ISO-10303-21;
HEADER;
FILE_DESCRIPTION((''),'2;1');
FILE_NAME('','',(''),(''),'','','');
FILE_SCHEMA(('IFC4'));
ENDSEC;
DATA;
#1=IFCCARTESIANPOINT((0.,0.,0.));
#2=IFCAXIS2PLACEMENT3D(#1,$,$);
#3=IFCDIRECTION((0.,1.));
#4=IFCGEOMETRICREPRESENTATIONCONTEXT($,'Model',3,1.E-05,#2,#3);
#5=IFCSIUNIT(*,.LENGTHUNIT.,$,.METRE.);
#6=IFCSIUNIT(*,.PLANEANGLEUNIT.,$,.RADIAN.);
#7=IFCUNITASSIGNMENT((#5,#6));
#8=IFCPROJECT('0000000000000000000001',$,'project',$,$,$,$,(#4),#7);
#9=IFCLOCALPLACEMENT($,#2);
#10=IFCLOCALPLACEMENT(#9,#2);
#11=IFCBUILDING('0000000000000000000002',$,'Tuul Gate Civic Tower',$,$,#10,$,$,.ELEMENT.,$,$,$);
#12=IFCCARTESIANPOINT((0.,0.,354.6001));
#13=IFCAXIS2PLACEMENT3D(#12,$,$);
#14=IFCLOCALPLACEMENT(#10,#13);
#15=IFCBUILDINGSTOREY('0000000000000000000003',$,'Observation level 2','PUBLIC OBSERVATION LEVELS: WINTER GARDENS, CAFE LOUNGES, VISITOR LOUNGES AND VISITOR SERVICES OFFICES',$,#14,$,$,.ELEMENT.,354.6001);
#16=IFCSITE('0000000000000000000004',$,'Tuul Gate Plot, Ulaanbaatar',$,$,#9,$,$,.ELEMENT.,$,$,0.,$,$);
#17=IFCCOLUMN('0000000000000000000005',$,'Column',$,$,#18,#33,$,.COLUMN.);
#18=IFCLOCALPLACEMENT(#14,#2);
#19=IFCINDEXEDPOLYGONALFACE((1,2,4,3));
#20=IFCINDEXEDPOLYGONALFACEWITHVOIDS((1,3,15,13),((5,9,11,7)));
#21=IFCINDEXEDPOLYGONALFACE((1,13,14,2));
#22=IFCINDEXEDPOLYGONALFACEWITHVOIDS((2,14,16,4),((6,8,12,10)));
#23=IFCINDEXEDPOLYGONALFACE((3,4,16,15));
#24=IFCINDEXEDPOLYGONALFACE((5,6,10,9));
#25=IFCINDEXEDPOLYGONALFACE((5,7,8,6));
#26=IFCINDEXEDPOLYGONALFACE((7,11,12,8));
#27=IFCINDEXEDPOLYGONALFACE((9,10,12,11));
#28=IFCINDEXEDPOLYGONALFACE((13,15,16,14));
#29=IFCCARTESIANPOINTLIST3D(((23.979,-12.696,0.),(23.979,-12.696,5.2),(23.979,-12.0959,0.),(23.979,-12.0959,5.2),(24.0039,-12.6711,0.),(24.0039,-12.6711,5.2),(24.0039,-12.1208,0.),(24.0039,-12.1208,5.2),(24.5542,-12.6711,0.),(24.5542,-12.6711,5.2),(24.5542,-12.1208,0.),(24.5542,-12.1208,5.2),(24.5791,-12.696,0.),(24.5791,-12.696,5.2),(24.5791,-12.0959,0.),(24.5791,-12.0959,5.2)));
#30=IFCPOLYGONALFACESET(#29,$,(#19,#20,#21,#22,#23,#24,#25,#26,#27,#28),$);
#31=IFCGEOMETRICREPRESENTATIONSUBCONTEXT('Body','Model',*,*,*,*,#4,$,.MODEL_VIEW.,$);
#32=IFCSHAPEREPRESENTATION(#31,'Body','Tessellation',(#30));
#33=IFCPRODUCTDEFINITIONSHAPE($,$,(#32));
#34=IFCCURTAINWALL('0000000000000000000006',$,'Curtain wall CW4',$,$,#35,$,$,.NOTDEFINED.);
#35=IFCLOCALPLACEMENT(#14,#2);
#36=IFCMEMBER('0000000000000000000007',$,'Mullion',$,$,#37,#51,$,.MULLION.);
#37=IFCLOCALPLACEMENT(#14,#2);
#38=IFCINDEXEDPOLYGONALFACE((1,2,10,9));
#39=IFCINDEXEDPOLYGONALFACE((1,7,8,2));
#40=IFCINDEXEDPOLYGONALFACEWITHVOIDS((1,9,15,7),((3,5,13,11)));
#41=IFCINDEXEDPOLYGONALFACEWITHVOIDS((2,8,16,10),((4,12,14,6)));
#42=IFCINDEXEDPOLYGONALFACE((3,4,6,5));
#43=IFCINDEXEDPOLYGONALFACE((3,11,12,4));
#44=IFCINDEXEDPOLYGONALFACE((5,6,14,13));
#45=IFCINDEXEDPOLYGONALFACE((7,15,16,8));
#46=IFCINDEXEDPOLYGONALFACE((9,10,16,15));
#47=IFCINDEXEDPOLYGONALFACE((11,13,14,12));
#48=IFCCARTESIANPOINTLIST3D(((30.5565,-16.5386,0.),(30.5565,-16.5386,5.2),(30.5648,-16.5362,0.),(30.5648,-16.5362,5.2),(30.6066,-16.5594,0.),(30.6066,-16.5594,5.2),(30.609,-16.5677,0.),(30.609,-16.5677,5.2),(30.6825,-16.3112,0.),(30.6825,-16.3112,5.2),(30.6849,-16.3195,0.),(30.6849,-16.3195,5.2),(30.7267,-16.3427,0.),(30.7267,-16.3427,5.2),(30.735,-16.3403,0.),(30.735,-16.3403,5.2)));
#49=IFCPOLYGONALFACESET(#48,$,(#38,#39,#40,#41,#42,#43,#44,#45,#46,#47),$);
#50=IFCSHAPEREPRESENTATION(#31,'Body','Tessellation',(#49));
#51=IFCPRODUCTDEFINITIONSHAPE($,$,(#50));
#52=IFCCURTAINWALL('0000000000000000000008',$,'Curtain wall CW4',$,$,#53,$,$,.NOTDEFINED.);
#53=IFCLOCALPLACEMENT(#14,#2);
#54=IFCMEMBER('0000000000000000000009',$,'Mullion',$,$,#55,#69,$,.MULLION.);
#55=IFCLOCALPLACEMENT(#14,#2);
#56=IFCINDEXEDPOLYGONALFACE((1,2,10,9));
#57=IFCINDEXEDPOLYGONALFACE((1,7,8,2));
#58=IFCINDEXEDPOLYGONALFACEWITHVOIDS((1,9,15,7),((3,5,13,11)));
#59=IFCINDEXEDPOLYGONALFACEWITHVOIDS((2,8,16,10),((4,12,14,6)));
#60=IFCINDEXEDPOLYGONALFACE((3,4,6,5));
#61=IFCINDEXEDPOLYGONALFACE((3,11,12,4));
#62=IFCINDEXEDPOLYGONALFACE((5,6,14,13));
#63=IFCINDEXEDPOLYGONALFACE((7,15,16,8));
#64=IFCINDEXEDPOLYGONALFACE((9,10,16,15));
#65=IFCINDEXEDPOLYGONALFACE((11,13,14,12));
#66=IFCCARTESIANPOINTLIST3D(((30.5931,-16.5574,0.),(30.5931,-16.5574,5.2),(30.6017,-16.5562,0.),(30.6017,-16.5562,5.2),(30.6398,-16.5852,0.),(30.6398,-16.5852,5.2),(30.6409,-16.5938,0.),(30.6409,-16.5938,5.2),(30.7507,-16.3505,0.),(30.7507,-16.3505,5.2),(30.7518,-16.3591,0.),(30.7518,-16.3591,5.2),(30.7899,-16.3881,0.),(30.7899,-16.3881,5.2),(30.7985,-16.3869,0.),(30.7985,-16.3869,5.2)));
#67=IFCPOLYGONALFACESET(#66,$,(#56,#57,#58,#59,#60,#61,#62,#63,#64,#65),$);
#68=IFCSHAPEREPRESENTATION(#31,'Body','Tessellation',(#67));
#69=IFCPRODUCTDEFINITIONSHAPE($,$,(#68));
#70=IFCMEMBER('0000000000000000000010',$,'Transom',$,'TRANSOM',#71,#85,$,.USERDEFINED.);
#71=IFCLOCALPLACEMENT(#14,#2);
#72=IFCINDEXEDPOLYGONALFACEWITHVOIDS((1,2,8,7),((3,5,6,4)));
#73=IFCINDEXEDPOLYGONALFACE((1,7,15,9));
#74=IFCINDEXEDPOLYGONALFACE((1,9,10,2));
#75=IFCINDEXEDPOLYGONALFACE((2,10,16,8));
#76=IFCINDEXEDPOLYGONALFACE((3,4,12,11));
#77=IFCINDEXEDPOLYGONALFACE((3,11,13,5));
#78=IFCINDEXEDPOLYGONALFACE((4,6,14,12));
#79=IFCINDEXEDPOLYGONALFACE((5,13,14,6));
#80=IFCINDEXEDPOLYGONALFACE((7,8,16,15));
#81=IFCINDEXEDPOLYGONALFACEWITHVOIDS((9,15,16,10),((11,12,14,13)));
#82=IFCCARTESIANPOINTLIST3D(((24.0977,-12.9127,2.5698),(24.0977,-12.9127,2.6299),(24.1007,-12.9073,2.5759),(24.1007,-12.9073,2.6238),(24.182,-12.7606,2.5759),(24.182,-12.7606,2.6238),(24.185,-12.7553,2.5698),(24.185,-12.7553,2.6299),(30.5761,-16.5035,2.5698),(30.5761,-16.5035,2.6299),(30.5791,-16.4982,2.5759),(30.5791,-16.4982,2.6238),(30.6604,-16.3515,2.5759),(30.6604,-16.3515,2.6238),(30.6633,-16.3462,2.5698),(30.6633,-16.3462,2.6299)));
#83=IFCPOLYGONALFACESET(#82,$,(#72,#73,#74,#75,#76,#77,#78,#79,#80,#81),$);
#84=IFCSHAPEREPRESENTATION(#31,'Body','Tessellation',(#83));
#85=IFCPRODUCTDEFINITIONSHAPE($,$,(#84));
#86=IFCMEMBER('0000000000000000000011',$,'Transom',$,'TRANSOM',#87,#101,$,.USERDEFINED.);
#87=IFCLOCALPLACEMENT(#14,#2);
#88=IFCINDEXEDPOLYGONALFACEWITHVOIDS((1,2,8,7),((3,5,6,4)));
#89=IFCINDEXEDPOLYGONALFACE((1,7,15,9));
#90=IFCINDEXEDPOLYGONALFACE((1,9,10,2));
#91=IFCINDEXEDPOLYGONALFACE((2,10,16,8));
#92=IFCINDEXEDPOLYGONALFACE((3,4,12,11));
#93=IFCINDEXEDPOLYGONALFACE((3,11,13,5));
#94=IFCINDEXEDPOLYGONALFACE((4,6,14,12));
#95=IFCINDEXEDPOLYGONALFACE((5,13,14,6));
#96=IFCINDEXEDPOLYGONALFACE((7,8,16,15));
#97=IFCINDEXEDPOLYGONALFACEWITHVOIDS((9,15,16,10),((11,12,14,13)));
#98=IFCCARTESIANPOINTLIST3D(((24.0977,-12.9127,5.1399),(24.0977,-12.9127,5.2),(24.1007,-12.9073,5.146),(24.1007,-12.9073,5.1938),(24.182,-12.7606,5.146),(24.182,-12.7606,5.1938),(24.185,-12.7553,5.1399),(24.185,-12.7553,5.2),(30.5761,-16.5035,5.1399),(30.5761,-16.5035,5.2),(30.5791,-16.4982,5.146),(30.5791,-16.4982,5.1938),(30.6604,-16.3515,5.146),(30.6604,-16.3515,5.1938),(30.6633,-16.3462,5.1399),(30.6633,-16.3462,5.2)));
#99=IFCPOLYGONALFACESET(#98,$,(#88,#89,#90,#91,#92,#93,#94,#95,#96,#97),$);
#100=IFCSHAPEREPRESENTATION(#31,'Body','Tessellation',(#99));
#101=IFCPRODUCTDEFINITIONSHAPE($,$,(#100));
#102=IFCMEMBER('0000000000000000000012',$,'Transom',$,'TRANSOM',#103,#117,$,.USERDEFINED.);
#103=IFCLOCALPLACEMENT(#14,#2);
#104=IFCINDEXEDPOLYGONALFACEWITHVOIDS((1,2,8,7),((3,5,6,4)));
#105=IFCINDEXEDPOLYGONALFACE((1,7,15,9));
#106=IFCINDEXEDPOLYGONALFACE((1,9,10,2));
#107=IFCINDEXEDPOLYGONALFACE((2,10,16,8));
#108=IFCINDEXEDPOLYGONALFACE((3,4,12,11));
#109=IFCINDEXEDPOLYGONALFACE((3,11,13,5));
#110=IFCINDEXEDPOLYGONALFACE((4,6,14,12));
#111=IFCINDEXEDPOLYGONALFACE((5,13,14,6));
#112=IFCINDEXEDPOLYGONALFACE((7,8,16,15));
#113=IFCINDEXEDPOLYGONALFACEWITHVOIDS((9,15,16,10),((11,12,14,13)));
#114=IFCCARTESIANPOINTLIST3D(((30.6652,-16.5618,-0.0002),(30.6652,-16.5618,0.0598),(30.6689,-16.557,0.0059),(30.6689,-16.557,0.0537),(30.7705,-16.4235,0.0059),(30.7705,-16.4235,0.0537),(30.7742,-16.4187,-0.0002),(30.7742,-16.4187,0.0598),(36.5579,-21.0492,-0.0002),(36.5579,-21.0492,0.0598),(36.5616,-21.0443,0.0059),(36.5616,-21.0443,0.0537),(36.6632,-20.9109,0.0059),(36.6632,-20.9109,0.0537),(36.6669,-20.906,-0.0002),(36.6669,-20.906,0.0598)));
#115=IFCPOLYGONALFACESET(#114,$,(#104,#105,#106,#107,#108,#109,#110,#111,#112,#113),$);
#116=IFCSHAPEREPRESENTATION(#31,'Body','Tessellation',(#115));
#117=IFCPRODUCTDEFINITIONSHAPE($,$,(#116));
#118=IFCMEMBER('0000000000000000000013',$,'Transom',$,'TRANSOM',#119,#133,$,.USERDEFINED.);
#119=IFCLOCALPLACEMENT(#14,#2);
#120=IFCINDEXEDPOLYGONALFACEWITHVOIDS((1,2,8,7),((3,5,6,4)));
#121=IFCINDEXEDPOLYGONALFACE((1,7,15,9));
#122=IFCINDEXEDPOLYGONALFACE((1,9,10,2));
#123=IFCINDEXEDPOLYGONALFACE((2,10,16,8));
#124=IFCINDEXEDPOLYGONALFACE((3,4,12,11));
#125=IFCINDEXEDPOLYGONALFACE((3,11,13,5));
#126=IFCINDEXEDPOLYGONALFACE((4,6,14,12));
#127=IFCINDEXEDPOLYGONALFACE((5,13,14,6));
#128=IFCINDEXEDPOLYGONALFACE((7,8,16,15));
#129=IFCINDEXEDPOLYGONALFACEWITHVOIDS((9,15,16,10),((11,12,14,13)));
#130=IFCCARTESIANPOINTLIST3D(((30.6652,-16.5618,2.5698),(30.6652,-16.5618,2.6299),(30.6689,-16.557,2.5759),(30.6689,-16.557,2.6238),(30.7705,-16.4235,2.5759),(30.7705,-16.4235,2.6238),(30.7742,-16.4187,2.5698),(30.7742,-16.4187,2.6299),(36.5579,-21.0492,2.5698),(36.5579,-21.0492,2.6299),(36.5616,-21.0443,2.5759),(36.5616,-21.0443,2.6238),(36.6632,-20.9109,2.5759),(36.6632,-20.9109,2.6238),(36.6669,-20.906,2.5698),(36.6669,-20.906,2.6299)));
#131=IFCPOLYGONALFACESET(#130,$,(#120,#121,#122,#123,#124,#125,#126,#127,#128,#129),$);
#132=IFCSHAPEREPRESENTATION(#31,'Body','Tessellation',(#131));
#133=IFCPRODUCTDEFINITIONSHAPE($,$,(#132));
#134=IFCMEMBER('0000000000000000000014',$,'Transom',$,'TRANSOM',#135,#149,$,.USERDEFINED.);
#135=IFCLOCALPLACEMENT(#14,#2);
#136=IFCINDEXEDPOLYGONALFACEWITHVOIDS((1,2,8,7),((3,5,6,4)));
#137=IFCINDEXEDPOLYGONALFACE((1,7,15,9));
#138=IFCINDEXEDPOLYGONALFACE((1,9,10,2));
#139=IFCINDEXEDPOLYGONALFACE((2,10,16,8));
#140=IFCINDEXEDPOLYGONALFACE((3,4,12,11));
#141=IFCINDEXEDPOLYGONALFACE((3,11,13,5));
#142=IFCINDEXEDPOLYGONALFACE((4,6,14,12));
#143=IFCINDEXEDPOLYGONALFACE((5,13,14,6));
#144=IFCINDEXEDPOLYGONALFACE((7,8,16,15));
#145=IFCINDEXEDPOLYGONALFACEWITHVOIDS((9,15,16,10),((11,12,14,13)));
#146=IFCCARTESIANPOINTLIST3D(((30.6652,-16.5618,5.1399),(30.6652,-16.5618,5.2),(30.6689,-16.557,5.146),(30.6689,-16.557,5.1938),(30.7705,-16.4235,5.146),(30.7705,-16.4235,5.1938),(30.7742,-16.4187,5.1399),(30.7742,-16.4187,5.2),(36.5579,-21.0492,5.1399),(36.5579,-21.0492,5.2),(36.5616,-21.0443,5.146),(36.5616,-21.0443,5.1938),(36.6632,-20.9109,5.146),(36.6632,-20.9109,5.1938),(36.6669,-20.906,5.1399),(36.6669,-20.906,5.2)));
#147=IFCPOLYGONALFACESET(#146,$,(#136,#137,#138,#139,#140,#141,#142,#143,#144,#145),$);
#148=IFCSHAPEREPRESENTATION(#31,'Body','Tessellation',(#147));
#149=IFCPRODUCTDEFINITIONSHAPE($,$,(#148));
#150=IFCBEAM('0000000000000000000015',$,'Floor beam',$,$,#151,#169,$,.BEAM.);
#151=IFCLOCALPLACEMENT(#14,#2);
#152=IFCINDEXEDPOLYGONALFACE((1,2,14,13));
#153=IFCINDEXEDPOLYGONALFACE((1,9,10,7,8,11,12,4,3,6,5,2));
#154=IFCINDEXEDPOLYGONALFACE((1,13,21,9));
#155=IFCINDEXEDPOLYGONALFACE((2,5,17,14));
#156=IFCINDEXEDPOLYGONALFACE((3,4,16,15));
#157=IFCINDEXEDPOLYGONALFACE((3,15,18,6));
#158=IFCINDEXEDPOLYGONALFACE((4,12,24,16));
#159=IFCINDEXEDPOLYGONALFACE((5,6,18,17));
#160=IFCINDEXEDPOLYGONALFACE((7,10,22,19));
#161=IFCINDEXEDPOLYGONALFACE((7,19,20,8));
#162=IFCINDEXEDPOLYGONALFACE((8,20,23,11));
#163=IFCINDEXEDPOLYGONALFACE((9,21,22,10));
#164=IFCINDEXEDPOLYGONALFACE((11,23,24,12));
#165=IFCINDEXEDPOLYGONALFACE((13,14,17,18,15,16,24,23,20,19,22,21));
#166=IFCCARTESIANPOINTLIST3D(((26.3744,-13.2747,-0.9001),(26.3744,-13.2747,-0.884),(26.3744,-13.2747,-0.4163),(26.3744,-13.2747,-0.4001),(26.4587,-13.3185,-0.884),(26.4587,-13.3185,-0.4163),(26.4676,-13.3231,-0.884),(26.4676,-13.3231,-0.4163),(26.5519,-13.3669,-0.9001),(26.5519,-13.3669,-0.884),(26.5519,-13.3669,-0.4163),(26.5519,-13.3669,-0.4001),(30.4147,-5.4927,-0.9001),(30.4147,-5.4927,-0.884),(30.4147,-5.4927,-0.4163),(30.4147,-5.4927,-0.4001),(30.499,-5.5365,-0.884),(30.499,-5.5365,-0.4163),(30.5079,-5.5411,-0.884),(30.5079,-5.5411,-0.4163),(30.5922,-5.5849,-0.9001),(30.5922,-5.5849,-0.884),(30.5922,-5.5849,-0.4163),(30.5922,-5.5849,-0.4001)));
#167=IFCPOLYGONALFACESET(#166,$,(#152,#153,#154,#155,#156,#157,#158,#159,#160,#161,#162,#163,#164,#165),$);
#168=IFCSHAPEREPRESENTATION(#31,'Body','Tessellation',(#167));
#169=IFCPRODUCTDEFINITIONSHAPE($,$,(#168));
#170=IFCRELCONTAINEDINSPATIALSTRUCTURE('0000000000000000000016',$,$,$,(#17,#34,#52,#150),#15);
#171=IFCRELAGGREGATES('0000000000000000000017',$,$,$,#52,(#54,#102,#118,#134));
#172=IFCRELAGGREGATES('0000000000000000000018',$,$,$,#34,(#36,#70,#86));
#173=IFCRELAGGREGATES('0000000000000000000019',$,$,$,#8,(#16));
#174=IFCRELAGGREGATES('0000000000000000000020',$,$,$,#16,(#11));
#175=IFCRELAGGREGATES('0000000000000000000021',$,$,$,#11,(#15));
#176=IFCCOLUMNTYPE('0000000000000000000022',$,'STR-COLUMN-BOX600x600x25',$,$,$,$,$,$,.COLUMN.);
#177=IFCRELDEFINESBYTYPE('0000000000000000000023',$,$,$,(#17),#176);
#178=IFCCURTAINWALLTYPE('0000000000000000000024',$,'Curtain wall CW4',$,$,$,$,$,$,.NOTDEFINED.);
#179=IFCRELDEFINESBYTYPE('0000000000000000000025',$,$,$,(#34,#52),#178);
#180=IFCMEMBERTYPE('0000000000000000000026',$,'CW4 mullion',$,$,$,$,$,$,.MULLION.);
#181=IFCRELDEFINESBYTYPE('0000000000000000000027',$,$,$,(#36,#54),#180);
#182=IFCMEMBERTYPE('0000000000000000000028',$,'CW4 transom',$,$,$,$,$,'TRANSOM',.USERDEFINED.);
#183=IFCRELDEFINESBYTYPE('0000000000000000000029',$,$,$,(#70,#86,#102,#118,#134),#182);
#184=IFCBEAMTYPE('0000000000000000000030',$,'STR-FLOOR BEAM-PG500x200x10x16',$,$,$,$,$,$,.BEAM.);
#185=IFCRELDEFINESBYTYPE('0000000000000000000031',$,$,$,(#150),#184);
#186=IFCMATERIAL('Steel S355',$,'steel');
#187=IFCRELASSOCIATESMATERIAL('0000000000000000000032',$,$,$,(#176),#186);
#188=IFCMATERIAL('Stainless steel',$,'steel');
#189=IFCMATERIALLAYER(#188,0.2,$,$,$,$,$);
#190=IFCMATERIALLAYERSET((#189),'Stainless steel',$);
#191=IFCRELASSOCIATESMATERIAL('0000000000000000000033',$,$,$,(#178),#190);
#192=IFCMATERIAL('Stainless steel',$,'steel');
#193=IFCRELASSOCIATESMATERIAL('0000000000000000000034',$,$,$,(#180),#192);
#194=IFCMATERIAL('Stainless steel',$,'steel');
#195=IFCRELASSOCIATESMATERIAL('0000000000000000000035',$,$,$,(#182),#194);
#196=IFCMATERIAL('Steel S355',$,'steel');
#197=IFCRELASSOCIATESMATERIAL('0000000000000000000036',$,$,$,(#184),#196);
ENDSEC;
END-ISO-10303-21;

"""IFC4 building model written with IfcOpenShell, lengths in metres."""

from ifc_helpers import new_model, si_unit, direction, frame, origin, origin_2d, place, context, subcontext, project, spatial, hollow_rectangle, i_section, extrude, material, layer, layer_set, material_profile, profile_set, type_object, element, aggregate, save


model = new_model("IFC4")

# Units and contexts
model_context = context("Model", 3, precision=1e-05, world=origin(), true_north=direction((0.0, 1.0)))
body_context = subcontext(model_context, "Body", "Model", "MODEL_VIEW")
ifc_project = project(units=[si_unit("LENGTHUNIT", "METRE"), si_unit("PLANEANGLEUNIT", "RADIAN")], contexts=[model_context])

# Site, building, storey
site_placement = place(None, origin())
site = spatial("IfcSite", under=ifc_project, at=site_placement, Name="Tuul Gate Plot, Ulaanbaatar", CompositionType="ELEMENT", RefElevation=0.0)
building_placement = place(site_placement, origin())
building = spatial("IfcBuilding", under=site, at=building_placement, Name="Tuul Gate Civic Tower", CompositionType="ELEMENT")
storey_placement = place(building_placement, frame((0.0, 0.0, 354.6001)))
storey = spatial("IfcBuildingStorey", under=building, at=storey_placement, Name="Observation level 2", Description="PUBLIC OBSERVATION LEVELS: WINTER GARDENS, CAFE LOUNGES, VISITOR LOUNGES AND VISITOR SERVICES OFFICES", CompositionType="ELEMENT", Elevation=354.6001)

# Column
ifc_material_1 = material(Name="Steel S355", Category="steel")
ifc_material_profile_1 = material_profile(ifc_material_1, hollow_rectangle(XDim=0.6001, YDim=0.6001, WallThickness=0.0249, at=origin_2d()), Name="BOX600x600x25")
ifc_profile_set_1 = profile_set([ifc_material_profile_1], Name="Steel S355")
column_type = type_object("IfcColumnType", Name="STR-COLUMN-BOX600x600x25", PredefinedType="COLUMN", material=ifc_profile_set_1)
column_placement = place(storey_placement, frame((24.2791, -12.396, 0.0), z_axis=(0.0, 0.0, 1.0), x_axis=(1.0, 0.0, 0.0)))
element("IfcColumn", 1, at=column_placement, inside=storey, type_object=column_type, Name="Column", PredefinedType="COLUMN", context=body_context, shape_type="SweptSolid", body=[
    extrude(hollow_rectangle(XDim=0.6001, YDim=0.6001, WallThickness=0.0249, at=origin_2d()), origin(), (0.0, 0.0, 1.0), 5.2),
])

# Curtain walls, members
ifc_material_2 = material(Name="Stainless steel", Category="steel")
ifc_layer_1 = layer(ifc_material_2, 0.2)
ifc_layer_set_1 = layer_set([ifc_layer_1], Name="Stainless steel")
curtain_wall_type = type_object("IfcCurtainWallType", Name="Curtain wall CW4", PredefinedType="NOTDEFINED", material=ifc_layer_set_1)
curtain_wall_1_placement = place(storey_placement, origin())
curtain_wall_1 = element("IfcCurtainWall", 2, at=curtain_wall_1_placement, inside=storey, type_object=curtain_wall_type, Name="Curtain wall CW4", PredefinedType="NOTDEFINED")
ifc_material_3 = material(Name="Stainless steel", Category="steel")
ifc_material_profile_2 = material_profile(ifc_material_3, hollow_rectangle(XDim=0.26, YDim=0.0601, WallThickness=0.0061, at=origin_2d()), Name="CW4 mullion")
ifc_profile_set_2 = profile_set([ifc_material_profile_2], Name="Stainless steel")
member_type_1 = type_object("IfcMemberType", Name="CW4 mullion", PredefinedType="MULLION", material=ifc_profile_set_2)
member_1_placement = place(storey_placement, frame((30.6458, -16.4395, 0.0), z_axis=(0.0, 0.0, 1.0), x_axis=(0.484808, 0.874621, 0.0)))
member_1 = element("IfcMember", 3, at=member_1_placement, type_object=member_type_1, Name="Mullion", PredefinedType="MULLION", context=body_context, shape_type="SweptSolid", body=[
    extrude(hollow_rectangle(XDim=0.26, YDim=0.0601, WallThickness=0.0061, at=origin_2d()), origin(), (0.0, 0.0, 1.0), 5.2),
])
curtain_wall_2_placement = place(storey_placement, origin())
curtain_wall_2 = element("IfcCurtainWall", 4, at=curtain_wall_2_placement, inside=storey, type_object=curtain_wall_type, Name="Curtain wall CW4", PredefinedType="NOTDEFINED")
member_2_placement = place(storey_placement, frame((30.6958, -16.4722, 0.0), z_axis=(0.0, 0.0, 1.0), x_axis=(0.605851, 0.795578, 0.0)))
member_2 = element("IfcMember", 5, at=member_2_placement, type_object=member_type_1, Name="Mullion", PredefinedType="MULLION", context=body_context, shape_type="SweptSolid", body=[
    extrude(hollow_rectangle(XDim=0.26, YDim=0.0601, WallThickness=0.0061, at=origin_2d()), origin(), (0.0, 0.0, 1.0), 5.2),
])

# Members
ifc_material_4 = material(Name="Stainless steel", Category="steel")
ifc_material_profile_3 = material_profile(ifc_material_4, hollow_rectangle(XDim=0.1799, YDim=0.0601, WallThickness=0.0061, at=origin_2d()), Name="CW4 transom")
ifc_profile_set_3 = profile_set([ifc_material_profile_3], Name="Stainless steel")
member_type_2 = type_object("IfcMemberType", Name="CW4 transom", ElementType="TRANSOM", PredefinedType="USERDEFINED", material=ifc_profile_set_3)
member_3_placement = place(storey_placement, frame((24.1414, -12.834, 2.5999), z_axis=(0.874628, -0.484795, 0.0), x_axis=(0.484795, 0.874628, 0.0)))
member_3 = element("IfcMember", 6, at=member_3_placement, type_object=member_type_2, Name="Transom", ObjectType="TRANSOM", PredefinedType="USERDEFINED", context=body_context, shape_type="SweptSolid", body=[
    extrude(hollow_rectangle(XDim=0.1799, YDim=0.0601, WallThickness=0.0061, at=origin_2d()), origin(), (0.0, 0.0, 1.0), 7.407),
])
member_4_placement = place(storey_placement, frame((24.1414, -12.834, 5.1699), z_axis=(0.874628, -0.484795, 0.0), x_axis=(0.484795, 0.874628, 0.0)))
member_4 = element("IfcMember", 7, at=member_4_placement, type_object=member_type_2, Name="Transom", ObjectType="TRANSOM", PredefinedType="USERDEFINED", context=body_context, shape_type="SweptSolid", body=[
    extrude(hollow_rectangle(XDim=0.1799, YDim=0.0601, WallThickness=0.0061, at=origin_2d()), origin(), (0.0, 0.0, 1.0), 7.407),
])
member_5_placement = place(storey_placement, frame((30.7197, -16.4902, 0.0298), z_axis=(0.79558, -0.605849, 0.0), x_axis=(0.605849, 0.79558, 0.0)))
member_5 = element("IfcMember", 8, at=member_5_placement, type_object=member_type_2, Name="Transom", ObjectType="TRANSOM", PredefinedType="USERDEFINED", context=body_context, shape_type="SweptSolid", body=[
    extrude(hollow_rectangle(XDim=0.1799, YDim=0.0601, WallThickness=0.0061, at=origin_2d()), origin(), (0.0, 0.0, 1.0), 7.4067),
])
member_6_placement = place(storey_placement, frame((30.7197, -16.4902, 2.5999), z_axis=(0.79558, -0.605849, 0.0), x_axis=(0.605849, 0.79558, 0.0)))
member_6 = element("IfcMember", 9, at=member_6_placement, type_object=member_type_2, Name="Transom", ObjectType="TRANSOM", PredefinedType="USERDEFINED", context=body_context, shape_type="SweptSolid", body=[
    extrude(hollow_rectangle(XDim=0.1799, YDim=0.0601, WallThickness=0.0061, at=origin_2d()), origin(), (0.0, 0.0, 1.0), 7.4067),
])
member_7_placement = place(storey_placement, frame((30.7197, -16.4902, 5.1699), z_axis=(0.79558, -0.605849, 0.0), x_axis=(0.605849, 0.79558, 0.0)))
member_7 = element("IfcMember", 10, at=member_7_placement, type_object=member_type_2, Name="Transom", ObjectType="TRANSOM", PredefinedType="USERDEFINED", context=body_context, shape_type="SweptSolid", body=[
    extrude(hollow_rectangle(XDim=0.1799, YDim=0.0601, WallThickness=0.0061, at=origin_2d()), origin(), (0.0, 0.0, 1.0), 7.4067),
])
aggregate(curtain_wall_2, [member_2, member_5, member_6, member_7])

# Beam
ifc_material_5 = material(Name="Steel S355", Category="steel")
ifc_material_profile_4 = material_profile(ifc_material_5, i_section(OverallWidth=0.2, OverallDepth=0.5, WebThickness=0.01, FlangeThickness=0.0161, at=origin_2d()), Name="PG500x200x10x16")
ifc_profile_set_4 = profile_set([ifc_material_profile_4], Name="Steel S355")
beam_type_1 = type_object("IfcBeamType", Name="STR-FLOOR BEAM-PG500x200x10x16", PredefinedType="BEAM", material=ifc_profile_set_4)
beam_1_placement = place(storey_placement, frame((26.4631, -13.3208, -0.6501), z_axis=(0.460783, 0.887513, 0.0), x_axis=(-0.887513, 0.460783, 0.0)))
element("IfcBeam", 11, at=beam_1_placement, inside=storey, type_object=beam_type_1, Name="Floor beam", PredefinedType="BEAM", context=body_context, shape_type="SweptSolid", body=[
    extrude(i_section(OverallWidth=0.2, OverallDepth=0.5, WebThickness=0.01, FlangeThickness=0.0161, at=origin_2d()), origin(), (0.0, 0.0, 1.0), 8.7683),
])

aggregate(curtain_wall_1, [member_1, member_3, member_4])

save(model, "model.ifc")
